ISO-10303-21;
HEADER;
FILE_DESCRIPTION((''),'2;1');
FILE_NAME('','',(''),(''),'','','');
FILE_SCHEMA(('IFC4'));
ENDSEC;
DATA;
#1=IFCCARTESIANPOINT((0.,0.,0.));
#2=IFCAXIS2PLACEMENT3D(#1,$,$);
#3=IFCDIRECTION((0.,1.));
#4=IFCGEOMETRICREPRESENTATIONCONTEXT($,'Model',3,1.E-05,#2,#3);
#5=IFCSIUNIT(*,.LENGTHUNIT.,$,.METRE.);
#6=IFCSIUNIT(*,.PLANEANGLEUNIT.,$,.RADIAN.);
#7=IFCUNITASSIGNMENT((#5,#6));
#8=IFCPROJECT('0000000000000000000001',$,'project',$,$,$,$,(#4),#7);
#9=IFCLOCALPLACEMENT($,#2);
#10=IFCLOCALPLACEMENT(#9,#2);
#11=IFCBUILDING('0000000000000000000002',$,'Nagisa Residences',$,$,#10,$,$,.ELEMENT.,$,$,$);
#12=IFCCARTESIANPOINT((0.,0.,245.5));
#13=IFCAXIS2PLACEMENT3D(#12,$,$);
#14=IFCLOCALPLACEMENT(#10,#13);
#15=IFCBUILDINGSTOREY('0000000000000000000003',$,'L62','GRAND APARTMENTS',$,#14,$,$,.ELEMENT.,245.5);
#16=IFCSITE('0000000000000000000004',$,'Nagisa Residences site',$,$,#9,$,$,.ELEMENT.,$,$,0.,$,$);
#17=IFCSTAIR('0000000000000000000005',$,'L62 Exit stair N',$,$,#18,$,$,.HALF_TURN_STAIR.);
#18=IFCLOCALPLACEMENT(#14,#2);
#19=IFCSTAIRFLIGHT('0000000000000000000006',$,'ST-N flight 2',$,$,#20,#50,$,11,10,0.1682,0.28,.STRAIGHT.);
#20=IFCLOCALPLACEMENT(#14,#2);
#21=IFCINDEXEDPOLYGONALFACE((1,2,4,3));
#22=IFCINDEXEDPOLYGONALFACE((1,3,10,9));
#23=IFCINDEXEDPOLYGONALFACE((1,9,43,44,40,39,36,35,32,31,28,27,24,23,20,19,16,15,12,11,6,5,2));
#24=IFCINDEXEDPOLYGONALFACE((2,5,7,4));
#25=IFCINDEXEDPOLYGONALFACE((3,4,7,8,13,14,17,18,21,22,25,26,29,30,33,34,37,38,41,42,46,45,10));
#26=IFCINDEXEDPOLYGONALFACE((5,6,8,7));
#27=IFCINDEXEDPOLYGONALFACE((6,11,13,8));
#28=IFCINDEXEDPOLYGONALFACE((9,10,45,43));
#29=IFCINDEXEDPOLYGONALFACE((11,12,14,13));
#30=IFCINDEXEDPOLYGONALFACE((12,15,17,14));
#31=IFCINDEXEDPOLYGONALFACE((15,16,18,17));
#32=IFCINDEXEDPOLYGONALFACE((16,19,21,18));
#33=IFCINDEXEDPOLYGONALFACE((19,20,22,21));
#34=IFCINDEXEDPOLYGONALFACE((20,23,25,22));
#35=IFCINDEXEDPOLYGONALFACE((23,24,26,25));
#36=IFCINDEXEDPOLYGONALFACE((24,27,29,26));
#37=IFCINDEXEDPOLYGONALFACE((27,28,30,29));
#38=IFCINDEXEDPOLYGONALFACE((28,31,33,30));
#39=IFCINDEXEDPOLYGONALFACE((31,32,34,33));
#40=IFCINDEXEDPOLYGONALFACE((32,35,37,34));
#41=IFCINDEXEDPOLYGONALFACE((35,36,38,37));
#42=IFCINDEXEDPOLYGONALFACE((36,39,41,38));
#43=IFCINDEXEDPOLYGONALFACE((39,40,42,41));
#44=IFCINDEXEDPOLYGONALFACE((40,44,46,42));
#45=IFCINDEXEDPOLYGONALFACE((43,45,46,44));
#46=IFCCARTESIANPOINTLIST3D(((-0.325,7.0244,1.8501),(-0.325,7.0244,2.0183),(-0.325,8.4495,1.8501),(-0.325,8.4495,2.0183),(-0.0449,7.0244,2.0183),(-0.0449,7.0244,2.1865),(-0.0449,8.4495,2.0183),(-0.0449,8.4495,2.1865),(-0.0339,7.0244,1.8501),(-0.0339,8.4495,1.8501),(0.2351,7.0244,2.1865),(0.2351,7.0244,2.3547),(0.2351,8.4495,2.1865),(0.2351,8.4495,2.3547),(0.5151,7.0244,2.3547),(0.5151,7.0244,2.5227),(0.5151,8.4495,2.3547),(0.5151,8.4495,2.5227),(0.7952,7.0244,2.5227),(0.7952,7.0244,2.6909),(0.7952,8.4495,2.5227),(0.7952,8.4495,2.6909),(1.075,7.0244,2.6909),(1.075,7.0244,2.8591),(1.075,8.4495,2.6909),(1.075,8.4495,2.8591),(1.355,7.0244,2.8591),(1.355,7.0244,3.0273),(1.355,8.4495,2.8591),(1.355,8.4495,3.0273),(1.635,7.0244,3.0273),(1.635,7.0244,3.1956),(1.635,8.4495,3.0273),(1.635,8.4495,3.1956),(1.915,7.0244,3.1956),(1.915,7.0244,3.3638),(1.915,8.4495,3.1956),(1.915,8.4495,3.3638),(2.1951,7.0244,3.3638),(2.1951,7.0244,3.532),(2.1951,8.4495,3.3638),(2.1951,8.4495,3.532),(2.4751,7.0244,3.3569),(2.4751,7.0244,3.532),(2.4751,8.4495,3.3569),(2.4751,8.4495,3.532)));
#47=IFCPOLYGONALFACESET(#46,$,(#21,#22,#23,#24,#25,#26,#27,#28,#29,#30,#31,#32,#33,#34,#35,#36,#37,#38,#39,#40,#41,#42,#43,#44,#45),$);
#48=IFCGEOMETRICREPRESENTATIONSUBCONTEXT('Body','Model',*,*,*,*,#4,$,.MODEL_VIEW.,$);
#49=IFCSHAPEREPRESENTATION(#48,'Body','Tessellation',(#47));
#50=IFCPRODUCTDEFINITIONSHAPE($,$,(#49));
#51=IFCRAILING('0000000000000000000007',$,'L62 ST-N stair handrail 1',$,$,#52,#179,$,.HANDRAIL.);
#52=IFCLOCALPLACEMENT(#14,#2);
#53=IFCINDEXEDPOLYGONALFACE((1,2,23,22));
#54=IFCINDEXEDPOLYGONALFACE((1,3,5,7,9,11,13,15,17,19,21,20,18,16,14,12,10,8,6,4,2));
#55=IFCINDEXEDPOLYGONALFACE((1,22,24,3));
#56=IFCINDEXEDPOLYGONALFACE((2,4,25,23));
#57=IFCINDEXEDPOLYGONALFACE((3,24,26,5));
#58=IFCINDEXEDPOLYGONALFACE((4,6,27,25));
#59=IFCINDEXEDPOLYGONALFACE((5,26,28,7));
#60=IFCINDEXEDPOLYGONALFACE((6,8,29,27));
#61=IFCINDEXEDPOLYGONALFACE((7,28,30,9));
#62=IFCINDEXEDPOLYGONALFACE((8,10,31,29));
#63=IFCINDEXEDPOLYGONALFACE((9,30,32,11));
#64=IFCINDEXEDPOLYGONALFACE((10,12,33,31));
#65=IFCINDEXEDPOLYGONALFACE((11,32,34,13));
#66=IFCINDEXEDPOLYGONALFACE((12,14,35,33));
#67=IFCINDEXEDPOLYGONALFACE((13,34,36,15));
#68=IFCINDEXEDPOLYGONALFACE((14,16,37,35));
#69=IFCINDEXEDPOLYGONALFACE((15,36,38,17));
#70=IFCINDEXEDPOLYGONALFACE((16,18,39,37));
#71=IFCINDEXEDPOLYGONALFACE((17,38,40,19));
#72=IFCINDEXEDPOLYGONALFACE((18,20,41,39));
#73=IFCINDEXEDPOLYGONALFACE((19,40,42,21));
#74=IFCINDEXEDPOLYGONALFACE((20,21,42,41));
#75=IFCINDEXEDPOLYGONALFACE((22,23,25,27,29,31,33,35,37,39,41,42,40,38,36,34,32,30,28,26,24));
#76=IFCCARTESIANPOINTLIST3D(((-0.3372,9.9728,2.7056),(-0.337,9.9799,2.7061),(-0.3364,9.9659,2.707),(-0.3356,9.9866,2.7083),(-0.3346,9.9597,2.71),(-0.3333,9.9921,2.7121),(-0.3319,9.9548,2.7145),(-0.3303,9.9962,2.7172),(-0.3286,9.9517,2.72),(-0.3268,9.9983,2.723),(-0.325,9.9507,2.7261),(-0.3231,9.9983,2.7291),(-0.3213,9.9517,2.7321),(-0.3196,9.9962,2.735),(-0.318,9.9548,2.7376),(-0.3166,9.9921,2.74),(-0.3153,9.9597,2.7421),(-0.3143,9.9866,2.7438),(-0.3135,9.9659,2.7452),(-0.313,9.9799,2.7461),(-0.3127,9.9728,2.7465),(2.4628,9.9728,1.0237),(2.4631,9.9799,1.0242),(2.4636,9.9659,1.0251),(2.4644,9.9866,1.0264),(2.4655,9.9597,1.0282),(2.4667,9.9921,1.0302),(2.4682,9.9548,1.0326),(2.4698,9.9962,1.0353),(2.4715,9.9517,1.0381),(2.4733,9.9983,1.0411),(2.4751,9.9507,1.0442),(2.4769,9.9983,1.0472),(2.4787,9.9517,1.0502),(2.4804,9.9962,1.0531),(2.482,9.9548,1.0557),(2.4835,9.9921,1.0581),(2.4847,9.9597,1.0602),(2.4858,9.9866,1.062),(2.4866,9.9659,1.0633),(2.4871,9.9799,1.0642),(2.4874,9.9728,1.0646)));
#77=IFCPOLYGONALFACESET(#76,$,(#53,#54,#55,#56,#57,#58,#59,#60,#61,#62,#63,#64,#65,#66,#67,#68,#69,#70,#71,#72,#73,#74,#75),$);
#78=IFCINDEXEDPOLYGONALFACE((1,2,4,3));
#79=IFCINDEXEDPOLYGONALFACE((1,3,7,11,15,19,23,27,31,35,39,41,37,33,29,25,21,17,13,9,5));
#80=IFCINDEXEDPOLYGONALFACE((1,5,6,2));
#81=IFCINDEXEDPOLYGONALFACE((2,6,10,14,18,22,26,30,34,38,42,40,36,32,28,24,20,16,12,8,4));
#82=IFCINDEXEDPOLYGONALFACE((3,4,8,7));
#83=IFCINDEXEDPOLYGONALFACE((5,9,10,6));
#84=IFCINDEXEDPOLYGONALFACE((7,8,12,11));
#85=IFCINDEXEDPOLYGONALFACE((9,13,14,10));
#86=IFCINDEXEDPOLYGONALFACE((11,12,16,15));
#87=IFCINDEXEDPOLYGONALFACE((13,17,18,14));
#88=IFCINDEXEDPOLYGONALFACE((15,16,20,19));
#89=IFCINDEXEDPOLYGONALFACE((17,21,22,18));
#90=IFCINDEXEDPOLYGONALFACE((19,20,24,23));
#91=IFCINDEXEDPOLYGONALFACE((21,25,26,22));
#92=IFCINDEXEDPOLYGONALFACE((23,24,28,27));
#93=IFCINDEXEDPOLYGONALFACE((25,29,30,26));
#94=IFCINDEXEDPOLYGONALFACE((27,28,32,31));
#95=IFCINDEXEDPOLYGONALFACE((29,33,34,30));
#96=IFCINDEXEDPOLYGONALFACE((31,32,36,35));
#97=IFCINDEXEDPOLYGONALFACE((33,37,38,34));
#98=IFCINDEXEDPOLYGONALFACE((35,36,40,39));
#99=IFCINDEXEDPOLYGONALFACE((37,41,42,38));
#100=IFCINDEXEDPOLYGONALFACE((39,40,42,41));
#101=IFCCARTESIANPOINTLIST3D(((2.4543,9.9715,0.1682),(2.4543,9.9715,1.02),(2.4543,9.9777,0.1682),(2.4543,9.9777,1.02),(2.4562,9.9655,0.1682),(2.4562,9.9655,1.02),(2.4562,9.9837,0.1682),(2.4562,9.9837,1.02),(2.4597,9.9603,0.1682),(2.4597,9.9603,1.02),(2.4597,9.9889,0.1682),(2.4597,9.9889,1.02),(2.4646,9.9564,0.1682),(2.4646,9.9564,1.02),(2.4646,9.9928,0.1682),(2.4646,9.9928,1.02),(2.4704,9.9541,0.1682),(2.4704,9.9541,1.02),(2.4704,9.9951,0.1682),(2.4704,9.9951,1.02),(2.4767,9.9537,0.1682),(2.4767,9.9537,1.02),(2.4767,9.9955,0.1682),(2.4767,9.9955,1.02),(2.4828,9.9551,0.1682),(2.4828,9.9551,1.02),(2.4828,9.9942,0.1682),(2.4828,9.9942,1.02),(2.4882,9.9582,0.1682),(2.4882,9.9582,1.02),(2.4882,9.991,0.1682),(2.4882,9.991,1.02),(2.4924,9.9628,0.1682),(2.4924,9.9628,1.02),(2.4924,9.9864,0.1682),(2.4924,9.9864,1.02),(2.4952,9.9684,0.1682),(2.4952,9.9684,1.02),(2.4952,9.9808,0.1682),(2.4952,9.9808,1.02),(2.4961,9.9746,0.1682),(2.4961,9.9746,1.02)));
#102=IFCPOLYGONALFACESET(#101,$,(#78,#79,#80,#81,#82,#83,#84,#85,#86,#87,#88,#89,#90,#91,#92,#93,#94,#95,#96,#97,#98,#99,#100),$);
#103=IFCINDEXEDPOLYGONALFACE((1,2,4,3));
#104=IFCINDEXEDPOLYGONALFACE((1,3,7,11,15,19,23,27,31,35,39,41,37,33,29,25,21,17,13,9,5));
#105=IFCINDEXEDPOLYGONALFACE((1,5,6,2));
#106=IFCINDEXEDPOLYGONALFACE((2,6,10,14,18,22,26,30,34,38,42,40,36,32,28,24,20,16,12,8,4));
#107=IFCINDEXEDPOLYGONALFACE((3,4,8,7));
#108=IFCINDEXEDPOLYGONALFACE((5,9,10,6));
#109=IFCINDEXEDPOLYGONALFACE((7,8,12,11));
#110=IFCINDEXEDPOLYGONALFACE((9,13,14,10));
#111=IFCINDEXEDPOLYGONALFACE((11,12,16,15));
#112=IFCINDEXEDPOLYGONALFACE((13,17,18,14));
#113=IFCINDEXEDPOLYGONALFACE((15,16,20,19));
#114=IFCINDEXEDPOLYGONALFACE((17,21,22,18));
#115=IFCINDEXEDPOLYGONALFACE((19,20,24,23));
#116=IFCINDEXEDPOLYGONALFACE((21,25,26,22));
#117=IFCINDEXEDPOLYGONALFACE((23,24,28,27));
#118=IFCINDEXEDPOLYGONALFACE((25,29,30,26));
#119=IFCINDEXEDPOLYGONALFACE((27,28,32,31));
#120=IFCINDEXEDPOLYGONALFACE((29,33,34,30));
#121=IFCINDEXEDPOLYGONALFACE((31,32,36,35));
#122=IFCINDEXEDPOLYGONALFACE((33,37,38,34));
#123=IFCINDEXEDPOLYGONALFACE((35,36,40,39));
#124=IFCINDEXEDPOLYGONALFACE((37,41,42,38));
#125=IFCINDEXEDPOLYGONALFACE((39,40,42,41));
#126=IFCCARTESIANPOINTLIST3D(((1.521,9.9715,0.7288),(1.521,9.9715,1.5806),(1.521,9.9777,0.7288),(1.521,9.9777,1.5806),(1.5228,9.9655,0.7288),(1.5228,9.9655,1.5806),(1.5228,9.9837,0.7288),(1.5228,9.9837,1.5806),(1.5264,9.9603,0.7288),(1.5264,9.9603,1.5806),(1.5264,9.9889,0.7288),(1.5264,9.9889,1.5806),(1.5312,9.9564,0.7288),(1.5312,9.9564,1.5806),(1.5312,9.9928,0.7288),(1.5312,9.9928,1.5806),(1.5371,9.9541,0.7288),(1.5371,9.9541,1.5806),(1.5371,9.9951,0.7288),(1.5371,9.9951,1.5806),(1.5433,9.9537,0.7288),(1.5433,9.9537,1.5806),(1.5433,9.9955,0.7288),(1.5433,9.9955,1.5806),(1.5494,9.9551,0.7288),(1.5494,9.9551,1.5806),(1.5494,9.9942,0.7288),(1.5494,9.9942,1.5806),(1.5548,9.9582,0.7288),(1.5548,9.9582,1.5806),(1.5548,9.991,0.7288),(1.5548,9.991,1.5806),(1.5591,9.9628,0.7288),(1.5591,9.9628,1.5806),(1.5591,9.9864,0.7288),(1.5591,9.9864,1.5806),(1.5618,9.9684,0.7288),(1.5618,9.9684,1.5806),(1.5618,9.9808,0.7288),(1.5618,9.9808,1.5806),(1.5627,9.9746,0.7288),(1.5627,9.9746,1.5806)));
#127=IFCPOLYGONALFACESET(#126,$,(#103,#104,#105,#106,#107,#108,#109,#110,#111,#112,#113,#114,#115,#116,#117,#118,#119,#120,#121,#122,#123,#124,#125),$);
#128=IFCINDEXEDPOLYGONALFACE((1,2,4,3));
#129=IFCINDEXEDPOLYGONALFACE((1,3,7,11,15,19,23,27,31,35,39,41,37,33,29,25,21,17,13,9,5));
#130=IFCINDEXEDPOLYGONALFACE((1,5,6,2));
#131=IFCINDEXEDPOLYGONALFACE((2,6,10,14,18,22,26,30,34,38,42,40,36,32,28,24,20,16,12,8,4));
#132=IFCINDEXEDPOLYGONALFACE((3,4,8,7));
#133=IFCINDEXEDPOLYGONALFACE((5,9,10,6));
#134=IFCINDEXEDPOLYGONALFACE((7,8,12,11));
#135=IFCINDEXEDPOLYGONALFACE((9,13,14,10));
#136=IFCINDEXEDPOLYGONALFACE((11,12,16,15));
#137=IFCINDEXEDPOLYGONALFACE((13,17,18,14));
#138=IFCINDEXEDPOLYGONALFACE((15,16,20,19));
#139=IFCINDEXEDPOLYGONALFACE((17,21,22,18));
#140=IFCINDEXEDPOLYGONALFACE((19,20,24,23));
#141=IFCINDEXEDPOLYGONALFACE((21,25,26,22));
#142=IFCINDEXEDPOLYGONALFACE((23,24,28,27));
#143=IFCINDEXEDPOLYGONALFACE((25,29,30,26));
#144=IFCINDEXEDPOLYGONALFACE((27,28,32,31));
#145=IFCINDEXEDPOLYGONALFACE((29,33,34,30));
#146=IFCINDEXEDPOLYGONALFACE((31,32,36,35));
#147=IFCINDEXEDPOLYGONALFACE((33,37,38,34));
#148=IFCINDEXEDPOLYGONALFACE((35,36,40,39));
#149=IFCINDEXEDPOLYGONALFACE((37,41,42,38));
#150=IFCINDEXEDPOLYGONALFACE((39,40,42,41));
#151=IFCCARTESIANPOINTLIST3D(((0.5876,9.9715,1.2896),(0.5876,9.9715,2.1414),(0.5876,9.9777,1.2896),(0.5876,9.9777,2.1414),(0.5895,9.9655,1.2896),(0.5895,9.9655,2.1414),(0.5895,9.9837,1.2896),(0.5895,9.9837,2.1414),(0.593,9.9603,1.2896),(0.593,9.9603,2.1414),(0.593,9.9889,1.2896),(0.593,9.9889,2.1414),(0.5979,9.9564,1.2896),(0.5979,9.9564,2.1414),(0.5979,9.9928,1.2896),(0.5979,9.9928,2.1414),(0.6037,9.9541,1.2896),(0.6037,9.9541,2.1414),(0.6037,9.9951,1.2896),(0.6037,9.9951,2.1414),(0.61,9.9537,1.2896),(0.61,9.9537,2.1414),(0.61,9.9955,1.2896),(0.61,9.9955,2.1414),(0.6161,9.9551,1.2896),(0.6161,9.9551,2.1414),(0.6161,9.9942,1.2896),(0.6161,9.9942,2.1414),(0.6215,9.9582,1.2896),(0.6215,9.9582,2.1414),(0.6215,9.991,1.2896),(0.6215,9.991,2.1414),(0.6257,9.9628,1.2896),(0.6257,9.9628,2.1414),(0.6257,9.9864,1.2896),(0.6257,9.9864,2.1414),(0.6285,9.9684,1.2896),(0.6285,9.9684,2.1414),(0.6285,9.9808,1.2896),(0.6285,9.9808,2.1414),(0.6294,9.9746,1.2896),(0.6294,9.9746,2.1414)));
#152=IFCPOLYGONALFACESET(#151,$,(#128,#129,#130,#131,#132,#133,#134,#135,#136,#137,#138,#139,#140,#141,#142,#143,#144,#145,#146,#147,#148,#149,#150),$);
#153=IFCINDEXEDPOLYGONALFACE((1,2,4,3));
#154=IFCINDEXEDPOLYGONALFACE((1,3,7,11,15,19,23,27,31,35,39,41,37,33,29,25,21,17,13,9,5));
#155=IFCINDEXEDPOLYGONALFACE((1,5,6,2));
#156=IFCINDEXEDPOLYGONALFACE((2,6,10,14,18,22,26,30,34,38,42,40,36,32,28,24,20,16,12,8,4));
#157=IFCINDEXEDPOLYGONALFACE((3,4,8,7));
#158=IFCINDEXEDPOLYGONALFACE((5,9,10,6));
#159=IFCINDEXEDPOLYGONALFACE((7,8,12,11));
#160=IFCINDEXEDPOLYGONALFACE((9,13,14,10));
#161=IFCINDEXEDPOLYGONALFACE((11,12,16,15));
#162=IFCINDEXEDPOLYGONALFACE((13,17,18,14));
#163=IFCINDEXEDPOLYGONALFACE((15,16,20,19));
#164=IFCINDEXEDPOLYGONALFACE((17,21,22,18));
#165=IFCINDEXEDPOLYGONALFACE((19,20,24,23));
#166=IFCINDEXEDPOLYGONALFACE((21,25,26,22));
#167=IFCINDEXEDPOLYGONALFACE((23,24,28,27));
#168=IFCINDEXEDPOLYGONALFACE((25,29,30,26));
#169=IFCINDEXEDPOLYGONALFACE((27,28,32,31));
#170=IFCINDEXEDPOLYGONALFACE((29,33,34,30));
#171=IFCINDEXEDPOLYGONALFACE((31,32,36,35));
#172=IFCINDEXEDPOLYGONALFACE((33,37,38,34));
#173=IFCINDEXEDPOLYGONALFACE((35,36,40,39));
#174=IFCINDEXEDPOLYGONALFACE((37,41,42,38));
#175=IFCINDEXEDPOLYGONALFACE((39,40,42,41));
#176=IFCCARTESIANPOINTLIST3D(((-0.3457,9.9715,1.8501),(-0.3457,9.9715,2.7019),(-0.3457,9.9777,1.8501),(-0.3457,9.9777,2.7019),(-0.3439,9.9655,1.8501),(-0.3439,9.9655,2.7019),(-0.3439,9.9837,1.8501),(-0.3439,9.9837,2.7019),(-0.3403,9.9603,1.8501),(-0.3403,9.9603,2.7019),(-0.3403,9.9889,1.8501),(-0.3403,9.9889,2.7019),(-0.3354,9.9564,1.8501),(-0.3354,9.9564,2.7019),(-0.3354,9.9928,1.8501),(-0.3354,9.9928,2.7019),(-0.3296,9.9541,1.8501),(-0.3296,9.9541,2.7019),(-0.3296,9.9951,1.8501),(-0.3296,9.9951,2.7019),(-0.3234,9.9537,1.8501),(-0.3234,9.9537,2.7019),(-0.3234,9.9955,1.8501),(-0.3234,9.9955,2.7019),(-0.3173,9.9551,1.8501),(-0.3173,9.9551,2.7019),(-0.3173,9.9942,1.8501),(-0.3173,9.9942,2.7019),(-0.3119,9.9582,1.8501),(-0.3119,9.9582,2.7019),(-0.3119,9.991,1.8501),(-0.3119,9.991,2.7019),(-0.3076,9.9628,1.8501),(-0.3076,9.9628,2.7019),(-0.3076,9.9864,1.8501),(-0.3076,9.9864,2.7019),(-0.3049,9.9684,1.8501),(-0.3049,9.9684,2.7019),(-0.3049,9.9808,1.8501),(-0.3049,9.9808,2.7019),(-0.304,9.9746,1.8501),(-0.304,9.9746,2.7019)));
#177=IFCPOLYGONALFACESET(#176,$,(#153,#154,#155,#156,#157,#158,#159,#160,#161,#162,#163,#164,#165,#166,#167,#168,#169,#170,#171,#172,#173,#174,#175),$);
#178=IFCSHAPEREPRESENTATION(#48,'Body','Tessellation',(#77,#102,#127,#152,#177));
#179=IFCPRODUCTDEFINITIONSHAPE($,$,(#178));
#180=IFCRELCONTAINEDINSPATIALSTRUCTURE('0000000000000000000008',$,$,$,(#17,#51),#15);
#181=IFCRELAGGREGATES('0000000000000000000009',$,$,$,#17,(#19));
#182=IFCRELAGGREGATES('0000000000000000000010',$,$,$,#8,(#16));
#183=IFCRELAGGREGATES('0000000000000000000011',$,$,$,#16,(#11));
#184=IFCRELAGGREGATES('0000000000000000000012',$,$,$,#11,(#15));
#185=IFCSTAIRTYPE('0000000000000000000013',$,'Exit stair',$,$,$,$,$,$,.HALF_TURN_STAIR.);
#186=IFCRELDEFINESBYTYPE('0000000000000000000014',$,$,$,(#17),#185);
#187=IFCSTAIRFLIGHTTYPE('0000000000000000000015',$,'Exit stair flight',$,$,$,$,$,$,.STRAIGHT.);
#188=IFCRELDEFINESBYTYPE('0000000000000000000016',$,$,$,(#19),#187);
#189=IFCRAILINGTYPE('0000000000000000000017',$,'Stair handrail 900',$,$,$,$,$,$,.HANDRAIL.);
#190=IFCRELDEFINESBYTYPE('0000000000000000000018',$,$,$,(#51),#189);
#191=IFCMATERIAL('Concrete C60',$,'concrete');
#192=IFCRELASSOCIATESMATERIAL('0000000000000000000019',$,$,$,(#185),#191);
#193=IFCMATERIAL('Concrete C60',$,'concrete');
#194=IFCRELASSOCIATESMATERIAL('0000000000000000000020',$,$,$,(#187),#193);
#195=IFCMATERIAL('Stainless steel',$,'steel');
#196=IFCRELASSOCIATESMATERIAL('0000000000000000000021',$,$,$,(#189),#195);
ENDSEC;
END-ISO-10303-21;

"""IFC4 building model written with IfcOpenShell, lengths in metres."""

from ifc_helpers import new_model, si_unit, direction, frame, origin, origin_2d, place, context, subcontext, project, spatial, polyline, circle, outline, extrude, material, type_object, element, aggregate, save


model = new_model("IFC4")

# Units and contexts
model_context = context("Model", 3, precision=1e-05, world=origin(), true_north=direction((0.0, 1.0)))
body_context = subcontext(model_context, "Body", "Model", "MODEL_VIEW")
ifc_project = project(units=[si_unit("LENGTHUNIT", "METRE"), si_unit("PLANEANGLEUNIT", "RADIAN")], contexts=[model_context])

# Site, building, storey
site_placement = place(None, origin())
site = spatial("IfcSite", under=ifc_project, at=site_placement, Name="Nagisa Residences site", CompositionType="ELEMENT", RefElevation=0.0)
building_placement = place(site_placement, origin())
building = spatial("IfcBuilding", under=site, at=building_placement, Name="Nagisa Residences", CompositionType="ELEMENT")
storey_placement = place(building_placement, frame((0.0, 0.0, 245.5)))
storey = spatial("IfcBuildingStorey", under=building, at=storey_placement, Name="L62", Description="GRAND APARTMENTS", CompositionType="ELEMENT", Elevation=245.5)

# Stair
ifc_material_1 = material(Name="Concrete C60", Category="concrete")
stair_type = type_object("IfcStairType", Name="Exit stair", PredefinedType="HALF_TURN_STAIR", material=ifc_material_1)
stair_1_placement = place(storey_placement, origin())
stair_1 = element("IfcStair", 1, at=stair_1_placement, inside=storey, type_object=stair_type, Name="L62 Exit stair N", PredefinedType="HALF_TURN_STAIR")

# Stair flight
ifc_material_2 = material(Name="Concrete C60", Category="concrete")
stair_flight_type = type_object("IfcStairFlightType", Name="Exit stair flight", PredefinedType="STRAIGHT", material=ifc_material_2)
stair_flight_1_placement = place(storey_placement, frame((-0.325, 7.7371, 1.8501), z_axis=(0.0, 0.0, 1.0), x_axis=(1.0, 0.0, 0.0)))
stair_flight_1 = element("IfcStairFlight", 2, at=stair_flight_1_placement, type_object=stair_flight_type, Name="ST-N flight 2", NumberOfRisers=11, NumberOfTreads=10, PredefinedType="STRAIGHT", RiserHeight=0.1682, TreadLength=0.28, context=body_context, shape_type="SweptSolid", body=[
    extrude(outline(polyline([(0.0, 0.0), (0.0, 0.1682), (0.28, 0.1682), (0.28, 0.3364), (0.5601, 0.3364), (0.5601, 0.5046), (0.8401, 0.5046), (0.8401, 0.6726), (1.1201, 0.6726), (1.1201, 0.8408), (1.3999, 0.8408), (1.3999, 1.009), (1.6799, 1.009), (1.6799, 1.1772), (1.96, 1.1772), (1.96, 1.3455), (2.24, 1.3455), (2.24, 1.5137), (2.52, 1.5137), (2.52, 1.6819), (2.8, 1.6819), (2.8, 1.8501), (2.8, 1.5068), (0.291, 0.0), (0.0, 0.0)])), frame((0.0, 0.7124, 0.0), z_axis=(0.0, -1.0, 0.0), x_axis=(1.0, 0.0, 0.0)), (0.0, 0.0, 1.0), 1.425),
])
aggregate(stair_1, [stair_flight_1])

# Railing
ifc_material_3 = material(Name="Stainless steel", Category="steel")
railing_type_1 = type_object("IfcRailingType", Name="Stair handrail 900", PredefinedType="HANDRAIL", material=ifc_material_3)
railing_1_placement = place(storey_placement, frame((2.4751, 9.9746, 0.1682)))
element("IfcRailing", 3, at=railing_1_placement, inside=storey, type_object=railing_type_1, Name="L62 ST-N stair handrail 1", PredefinedType="HANDRAIL", context=body_context, shape_type="SweptSolid", body=[
    extrude(circle(Radius=0.0239, at=origin_2d()), frame((0.0, 0.0, 0.876), z_axis=(-0.857242, 0.0, 0.514913), x_axis=(0.0, -1.0, 0.0)), (0.0, 0.0, 1.0), 3.2664),
    extrude(circle(Radius=0.021, at=origin_2d()), origin(), (0.0, 0.0, 1.0), 0.8518),
    extrude(circle(Radius=0.021, at=origin_2d()), frame((-0.9333, 0.0, 0.5605)), (0.0, 0.0, 1.0), 0.8518),
    extrude(circle(Radius=0.021, at=origin_2d()), frame((-1.8667, 0.0, 1.1213)), (0.0, 0.0, 1.0), 0.8518),
    extrude(circle(Radius=0.021, at=origin_2d()), frame((-2.8, 0.0, 1.6819)), (0.0, 0.0, 1.0), 0.8518),
])

save(model, "model.ifc")
